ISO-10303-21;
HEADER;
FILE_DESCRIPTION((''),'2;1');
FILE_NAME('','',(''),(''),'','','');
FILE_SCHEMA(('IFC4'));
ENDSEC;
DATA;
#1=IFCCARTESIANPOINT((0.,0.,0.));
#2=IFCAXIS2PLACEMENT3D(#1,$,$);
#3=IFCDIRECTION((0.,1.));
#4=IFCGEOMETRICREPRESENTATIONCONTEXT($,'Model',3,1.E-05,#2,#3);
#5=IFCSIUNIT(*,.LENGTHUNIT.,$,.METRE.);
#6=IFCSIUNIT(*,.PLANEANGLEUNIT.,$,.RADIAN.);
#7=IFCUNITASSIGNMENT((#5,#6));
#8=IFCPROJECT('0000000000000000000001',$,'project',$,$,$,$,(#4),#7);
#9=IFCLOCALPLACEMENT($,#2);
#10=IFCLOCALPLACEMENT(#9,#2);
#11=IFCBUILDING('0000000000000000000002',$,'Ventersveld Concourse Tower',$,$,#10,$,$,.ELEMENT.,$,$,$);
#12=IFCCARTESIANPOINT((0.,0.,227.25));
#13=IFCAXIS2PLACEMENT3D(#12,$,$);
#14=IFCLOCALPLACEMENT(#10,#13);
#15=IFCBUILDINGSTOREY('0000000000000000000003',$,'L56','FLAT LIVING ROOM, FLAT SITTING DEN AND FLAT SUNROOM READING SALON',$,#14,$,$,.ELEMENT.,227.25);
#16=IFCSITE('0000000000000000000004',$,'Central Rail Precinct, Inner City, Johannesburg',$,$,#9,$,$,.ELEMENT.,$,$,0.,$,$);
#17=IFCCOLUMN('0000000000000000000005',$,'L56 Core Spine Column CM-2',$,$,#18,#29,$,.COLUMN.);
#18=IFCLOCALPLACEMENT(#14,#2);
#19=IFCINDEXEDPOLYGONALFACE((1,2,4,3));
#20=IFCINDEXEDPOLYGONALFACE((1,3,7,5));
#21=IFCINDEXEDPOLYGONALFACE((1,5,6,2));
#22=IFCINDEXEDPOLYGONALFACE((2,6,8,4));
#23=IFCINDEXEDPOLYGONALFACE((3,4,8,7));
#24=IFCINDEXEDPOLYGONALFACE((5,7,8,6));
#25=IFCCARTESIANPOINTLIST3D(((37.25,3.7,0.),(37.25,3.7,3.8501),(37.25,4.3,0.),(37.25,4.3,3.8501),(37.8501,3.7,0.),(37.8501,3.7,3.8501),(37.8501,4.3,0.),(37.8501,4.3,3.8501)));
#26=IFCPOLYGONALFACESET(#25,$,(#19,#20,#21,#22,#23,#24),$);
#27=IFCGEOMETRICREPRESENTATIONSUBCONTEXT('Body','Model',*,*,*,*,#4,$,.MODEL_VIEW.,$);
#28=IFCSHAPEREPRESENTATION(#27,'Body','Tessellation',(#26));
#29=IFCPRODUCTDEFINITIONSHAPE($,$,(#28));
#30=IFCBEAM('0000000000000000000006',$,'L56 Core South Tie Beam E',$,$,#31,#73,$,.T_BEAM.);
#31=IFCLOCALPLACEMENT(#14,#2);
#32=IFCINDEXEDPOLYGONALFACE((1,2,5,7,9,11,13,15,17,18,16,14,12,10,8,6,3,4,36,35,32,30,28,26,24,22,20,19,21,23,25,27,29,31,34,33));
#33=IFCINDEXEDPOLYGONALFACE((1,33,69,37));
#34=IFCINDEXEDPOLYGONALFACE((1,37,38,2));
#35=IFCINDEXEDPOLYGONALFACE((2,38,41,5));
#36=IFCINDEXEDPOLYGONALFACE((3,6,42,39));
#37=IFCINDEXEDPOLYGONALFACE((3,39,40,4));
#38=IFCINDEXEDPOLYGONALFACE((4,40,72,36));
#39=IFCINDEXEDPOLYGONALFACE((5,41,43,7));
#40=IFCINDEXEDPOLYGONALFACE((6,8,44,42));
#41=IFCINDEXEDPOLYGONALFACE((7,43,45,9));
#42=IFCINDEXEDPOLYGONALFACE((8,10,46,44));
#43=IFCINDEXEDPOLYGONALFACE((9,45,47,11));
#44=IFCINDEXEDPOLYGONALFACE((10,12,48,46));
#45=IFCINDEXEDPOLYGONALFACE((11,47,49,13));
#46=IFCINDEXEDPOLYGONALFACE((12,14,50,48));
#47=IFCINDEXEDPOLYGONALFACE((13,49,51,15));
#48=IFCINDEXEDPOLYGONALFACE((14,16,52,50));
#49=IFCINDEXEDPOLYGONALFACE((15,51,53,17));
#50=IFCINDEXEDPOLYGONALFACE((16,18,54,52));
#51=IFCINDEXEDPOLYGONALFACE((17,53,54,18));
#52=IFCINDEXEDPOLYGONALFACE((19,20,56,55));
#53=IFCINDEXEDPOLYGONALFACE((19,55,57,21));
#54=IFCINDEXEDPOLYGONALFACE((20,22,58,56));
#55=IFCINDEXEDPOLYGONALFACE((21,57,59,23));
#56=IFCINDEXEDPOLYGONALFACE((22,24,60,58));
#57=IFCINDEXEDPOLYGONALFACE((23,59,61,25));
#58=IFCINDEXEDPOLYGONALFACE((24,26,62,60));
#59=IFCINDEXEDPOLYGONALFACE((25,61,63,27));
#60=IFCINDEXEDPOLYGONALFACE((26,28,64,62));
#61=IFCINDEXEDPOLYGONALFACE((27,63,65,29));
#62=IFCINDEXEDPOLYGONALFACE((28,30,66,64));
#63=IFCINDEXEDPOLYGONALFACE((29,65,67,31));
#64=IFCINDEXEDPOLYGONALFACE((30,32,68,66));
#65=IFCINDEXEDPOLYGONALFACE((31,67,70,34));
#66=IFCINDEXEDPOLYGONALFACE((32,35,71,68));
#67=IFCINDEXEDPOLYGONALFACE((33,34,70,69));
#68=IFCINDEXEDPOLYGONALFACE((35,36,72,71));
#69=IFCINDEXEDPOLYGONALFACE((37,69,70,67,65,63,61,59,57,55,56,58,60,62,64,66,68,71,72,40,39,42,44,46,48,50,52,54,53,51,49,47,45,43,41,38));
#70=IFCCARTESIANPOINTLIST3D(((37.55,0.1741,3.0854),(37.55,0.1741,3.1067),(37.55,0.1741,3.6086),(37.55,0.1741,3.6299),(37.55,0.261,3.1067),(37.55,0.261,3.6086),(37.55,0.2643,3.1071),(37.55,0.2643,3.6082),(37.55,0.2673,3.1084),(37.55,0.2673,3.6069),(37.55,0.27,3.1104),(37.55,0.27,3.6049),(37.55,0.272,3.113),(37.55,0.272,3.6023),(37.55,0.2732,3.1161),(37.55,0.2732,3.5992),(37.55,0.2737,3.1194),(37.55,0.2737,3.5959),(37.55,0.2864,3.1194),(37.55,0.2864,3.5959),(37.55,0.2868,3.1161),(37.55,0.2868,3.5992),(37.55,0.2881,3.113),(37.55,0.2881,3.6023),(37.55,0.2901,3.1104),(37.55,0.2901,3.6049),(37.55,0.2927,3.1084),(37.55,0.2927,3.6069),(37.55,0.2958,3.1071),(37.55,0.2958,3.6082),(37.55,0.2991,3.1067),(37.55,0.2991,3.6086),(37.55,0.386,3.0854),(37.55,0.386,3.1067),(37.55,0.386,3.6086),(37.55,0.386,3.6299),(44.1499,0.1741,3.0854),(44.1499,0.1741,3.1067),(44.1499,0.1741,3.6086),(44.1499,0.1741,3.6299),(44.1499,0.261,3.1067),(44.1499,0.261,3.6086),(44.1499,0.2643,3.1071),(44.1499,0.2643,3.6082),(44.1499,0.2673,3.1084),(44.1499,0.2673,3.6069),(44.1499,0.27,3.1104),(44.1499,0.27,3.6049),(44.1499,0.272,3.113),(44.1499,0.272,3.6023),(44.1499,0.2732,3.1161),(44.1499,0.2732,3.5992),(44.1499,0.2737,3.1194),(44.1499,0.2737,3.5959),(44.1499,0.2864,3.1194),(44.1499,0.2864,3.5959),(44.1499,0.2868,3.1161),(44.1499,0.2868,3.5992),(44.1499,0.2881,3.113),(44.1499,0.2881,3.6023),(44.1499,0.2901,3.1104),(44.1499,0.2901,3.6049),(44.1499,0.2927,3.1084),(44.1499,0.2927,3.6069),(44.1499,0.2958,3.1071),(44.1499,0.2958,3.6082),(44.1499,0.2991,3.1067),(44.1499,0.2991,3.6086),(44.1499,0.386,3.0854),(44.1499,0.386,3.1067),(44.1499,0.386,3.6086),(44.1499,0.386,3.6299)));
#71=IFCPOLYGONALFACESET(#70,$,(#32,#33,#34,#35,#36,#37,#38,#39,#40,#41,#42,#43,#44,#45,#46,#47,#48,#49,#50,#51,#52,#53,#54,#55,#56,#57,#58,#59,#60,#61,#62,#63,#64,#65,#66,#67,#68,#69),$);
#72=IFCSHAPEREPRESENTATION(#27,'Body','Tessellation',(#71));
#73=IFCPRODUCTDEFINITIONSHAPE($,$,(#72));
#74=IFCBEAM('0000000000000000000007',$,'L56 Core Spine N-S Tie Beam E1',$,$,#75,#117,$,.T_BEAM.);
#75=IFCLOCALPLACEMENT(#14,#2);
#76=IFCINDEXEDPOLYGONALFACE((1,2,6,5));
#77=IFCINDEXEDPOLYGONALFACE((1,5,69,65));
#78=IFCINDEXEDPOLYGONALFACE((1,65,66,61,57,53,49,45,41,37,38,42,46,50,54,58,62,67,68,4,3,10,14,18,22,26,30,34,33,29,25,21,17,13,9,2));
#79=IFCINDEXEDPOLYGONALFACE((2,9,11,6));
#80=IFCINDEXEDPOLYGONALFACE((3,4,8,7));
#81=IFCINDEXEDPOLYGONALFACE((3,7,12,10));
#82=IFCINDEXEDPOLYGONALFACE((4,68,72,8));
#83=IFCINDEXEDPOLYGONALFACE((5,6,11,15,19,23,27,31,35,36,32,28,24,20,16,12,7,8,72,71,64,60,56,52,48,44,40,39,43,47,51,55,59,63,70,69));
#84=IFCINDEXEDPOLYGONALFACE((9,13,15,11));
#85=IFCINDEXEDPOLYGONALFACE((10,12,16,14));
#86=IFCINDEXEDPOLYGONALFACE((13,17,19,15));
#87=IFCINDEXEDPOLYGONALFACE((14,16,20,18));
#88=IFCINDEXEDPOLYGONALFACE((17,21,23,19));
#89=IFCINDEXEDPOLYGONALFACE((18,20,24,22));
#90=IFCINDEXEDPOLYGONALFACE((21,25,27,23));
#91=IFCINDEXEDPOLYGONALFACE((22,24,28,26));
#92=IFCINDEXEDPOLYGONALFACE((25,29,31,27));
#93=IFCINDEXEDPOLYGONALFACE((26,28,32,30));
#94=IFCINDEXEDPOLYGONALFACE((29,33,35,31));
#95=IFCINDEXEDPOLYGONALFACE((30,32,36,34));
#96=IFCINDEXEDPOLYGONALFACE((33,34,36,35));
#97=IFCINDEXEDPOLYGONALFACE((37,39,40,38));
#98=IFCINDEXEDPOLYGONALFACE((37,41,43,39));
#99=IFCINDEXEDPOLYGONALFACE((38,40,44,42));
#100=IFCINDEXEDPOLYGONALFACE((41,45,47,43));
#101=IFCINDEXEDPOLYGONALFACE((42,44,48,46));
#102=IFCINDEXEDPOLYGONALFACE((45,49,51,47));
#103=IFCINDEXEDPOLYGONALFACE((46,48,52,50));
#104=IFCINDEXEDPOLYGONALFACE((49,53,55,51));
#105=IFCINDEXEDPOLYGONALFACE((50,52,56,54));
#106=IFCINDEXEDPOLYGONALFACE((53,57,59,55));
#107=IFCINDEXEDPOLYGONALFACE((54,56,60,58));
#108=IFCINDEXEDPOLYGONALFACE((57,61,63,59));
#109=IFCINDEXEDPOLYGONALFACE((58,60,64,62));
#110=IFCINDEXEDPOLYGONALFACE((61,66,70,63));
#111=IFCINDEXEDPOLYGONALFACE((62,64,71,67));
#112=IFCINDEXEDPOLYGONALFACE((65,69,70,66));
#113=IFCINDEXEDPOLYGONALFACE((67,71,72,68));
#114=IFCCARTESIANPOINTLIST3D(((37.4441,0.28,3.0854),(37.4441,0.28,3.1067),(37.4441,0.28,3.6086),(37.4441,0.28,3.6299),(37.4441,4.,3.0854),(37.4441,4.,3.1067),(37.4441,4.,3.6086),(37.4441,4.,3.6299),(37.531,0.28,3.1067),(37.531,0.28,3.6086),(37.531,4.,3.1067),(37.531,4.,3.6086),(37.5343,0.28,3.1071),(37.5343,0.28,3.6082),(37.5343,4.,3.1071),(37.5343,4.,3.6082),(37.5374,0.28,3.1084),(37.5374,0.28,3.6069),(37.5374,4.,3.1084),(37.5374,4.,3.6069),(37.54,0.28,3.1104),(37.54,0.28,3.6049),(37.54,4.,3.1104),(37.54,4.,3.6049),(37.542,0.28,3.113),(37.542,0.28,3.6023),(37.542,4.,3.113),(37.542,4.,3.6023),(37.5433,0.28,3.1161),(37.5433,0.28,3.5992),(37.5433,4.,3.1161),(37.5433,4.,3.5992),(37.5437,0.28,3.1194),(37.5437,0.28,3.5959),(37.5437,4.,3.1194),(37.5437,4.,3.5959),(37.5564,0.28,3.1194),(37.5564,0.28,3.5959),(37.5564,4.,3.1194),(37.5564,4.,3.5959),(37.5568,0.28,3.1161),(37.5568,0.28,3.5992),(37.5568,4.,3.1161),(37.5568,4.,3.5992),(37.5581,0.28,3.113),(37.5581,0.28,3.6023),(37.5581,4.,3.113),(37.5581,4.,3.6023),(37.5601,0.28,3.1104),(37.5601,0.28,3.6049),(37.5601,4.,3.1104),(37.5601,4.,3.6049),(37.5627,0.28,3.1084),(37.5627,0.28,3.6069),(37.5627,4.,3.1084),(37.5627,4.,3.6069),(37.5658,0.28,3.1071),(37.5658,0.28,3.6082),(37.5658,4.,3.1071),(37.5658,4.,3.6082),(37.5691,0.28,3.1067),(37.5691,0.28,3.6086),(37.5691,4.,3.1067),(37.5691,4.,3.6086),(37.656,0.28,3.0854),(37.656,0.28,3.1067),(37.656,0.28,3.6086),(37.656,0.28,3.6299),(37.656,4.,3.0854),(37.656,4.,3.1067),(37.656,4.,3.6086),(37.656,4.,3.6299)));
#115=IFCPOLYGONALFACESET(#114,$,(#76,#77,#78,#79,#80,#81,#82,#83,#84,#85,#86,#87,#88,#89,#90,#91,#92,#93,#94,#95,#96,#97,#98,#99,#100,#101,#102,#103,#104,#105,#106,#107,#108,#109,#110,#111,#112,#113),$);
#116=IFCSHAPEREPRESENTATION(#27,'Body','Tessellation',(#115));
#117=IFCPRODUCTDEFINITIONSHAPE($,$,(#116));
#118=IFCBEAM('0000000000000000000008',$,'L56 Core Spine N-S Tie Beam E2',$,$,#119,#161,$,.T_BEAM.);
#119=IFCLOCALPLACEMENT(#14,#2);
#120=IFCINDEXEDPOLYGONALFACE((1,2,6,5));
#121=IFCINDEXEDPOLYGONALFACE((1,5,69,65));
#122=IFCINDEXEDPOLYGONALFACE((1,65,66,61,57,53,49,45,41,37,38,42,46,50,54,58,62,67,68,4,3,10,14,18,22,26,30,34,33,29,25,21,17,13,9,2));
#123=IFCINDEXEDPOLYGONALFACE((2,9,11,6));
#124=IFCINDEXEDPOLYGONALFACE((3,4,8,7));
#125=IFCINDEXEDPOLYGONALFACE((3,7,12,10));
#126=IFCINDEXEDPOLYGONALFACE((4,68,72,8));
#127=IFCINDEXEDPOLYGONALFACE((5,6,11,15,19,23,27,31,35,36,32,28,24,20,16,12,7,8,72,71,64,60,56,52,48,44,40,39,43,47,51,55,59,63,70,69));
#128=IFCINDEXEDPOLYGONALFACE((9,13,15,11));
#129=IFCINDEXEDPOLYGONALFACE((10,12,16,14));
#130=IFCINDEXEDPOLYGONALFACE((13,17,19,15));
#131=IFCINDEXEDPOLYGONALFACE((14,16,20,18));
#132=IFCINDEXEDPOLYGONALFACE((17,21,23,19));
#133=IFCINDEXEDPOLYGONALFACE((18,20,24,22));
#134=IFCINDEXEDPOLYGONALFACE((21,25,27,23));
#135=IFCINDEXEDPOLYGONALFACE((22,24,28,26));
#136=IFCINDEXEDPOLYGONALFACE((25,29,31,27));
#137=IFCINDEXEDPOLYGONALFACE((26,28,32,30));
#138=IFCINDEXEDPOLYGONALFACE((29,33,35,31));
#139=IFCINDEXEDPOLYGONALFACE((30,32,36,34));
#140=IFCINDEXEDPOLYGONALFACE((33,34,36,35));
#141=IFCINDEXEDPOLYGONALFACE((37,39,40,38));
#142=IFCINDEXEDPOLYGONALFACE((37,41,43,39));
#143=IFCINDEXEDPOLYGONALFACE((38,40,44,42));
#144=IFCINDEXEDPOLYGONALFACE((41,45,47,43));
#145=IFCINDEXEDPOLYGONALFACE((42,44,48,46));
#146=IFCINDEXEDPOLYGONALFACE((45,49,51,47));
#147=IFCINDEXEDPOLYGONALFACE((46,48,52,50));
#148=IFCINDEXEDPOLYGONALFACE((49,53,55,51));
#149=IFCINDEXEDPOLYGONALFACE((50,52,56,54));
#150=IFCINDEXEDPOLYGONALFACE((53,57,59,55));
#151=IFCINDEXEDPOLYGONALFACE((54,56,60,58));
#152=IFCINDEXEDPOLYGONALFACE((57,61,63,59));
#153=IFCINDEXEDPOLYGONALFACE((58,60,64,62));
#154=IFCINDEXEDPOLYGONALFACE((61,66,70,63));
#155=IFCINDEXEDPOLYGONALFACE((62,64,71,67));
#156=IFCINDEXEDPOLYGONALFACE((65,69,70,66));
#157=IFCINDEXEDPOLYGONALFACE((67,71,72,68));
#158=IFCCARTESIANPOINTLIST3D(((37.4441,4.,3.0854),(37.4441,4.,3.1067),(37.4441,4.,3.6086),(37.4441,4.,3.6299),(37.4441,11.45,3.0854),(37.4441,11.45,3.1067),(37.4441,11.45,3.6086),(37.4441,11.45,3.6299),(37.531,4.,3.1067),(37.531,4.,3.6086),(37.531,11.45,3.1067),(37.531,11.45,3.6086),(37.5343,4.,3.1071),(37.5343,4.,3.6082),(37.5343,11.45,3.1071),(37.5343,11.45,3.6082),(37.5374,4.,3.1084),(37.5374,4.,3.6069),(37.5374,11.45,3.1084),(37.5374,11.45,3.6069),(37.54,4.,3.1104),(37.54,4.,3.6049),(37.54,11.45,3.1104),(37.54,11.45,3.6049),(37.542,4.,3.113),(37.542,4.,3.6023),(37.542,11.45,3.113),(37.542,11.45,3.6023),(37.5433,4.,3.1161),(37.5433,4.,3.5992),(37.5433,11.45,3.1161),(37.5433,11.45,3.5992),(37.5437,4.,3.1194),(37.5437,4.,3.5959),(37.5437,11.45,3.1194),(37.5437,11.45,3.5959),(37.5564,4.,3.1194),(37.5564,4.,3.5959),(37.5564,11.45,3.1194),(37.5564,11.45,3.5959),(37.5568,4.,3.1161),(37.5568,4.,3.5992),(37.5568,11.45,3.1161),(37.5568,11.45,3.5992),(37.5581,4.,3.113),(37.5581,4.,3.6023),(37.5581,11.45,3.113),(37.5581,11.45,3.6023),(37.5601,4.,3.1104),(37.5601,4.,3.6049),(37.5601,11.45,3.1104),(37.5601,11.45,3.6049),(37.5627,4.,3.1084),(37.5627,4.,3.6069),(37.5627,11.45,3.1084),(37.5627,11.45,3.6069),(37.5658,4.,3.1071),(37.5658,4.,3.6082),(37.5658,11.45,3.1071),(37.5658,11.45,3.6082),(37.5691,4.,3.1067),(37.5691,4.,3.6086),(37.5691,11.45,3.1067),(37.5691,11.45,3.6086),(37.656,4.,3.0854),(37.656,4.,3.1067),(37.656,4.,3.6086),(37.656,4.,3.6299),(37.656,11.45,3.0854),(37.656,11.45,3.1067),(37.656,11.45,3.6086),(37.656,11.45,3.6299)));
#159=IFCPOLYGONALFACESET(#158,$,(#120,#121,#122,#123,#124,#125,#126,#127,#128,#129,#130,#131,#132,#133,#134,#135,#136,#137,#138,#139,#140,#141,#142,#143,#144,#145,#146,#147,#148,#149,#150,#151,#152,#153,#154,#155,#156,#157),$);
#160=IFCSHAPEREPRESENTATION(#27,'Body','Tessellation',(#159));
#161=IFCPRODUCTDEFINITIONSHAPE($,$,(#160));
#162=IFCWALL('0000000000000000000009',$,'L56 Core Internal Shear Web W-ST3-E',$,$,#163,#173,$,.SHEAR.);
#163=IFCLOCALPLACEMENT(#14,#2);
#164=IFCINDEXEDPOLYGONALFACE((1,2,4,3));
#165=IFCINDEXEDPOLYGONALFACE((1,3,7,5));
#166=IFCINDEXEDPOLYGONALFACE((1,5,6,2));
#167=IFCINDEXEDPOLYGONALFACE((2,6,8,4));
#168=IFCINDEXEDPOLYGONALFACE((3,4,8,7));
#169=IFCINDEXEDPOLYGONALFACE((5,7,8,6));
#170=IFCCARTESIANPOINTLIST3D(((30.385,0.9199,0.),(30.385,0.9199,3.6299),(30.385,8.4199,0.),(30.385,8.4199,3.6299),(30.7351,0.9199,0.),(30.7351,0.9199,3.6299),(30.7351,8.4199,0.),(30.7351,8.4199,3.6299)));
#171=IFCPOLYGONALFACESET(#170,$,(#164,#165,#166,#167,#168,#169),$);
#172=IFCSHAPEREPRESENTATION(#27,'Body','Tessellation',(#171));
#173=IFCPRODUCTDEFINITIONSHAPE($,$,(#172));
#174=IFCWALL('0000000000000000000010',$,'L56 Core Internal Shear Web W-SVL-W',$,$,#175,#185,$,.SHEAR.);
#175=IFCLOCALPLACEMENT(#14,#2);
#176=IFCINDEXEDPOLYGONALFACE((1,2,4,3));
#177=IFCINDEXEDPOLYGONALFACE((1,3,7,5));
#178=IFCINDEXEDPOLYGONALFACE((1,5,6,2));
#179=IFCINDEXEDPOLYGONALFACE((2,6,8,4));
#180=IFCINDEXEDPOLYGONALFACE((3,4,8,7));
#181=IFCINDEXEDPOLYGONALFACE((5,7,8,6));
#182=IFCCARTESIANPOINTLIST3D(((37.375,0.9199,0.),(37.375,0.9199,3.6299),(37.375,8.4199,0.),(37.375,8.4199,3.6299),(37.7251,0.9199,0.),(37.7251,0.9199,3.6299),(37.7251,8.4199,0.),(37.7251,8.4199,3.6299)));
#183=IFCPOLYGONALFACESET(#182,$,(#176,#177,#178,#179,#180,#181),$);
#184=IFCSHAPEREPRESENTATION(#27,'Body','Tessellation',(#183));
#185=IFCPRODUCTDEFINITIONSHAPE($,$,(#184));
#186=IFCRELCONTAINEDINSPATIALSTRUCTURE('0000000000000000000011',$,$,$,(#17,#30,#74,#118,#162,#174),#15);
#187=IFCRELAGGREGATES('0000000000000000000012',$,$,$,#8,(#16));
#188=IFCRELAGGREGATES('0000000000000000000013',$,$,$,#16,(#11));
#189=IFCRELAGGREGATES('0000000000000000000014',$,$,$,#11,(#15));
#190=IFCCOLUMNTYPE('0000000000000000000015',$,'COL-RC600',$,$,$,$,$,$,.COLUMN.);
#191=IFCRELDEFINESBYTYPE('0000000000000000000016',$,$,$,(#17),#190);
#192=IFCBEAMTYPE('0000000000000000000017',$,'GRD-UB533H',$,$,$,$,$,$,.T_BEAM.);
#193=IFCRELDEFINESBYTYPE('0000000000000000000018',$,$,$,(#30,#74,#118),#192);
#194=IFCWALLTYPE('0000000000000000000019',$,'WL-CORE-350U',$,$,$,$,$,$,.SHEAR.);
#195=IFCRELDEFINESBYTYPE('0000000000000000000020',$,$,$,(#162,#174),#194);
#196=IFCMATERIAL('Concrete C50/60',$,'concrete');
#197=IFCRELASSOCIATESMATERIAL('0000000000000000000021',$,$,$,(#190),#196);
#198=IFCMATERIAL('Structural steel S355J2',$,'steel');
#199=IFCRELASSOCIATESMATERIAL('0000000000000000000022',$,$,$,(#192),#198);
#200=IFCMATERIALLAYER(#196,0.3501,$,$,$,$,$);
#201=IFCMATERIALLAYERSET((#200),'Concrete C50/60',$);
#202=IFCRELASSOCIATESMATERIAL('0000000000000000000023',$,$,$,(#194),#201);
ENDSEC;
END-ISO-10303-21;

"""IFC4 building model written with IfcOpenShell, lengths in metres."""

from ifc_helpers import new_model, si_unit, direction, frame, frame_2d, origin, origin_2d, place, context, subcontext, project, spatial, rectangle, i_section, extrude, material, layer, layer_set, material_profile, profile_set, type_object, element, save


model = new_model("IFC4")

# Units and contexts
model_context = context("Model", 3, precision=1e-05, world=origin(), true_north=direction((0.0, 1.0)))
body_context = subcontext(model_context, "Body", "Model", "MODEL_VIEW")
ifc_project = project(units=[si_unit("LENGTHUNIT", "METRE"), si_unit("PLANEANGLEUNIT", "RADIAN")], contexts=[model_context])

# Site, building, storey
site_placement = place(None, origin())
site = spatial("IfcSite", under=ifc_project, at=site_placement, Name="Central Rail Precinct, Inner City, Johannesburg", CompositionType="ELEMENT", RefElevation=0.0)
building_placement = place(site_placement, origin())
building = spatial("IfcBuilding", under=site, at=building_placement, Name="Ventersveld Concourse Tower", CompositionType="ELEMENT")
storey_placement = place(building_placement, frame((0.0, 0.0, 227.25)))
storey = spatial("IfcBuildingStorey", under=building, at=storey_placement, Name="L56", Description="FLAT LIVING ROOM, FLAT SITTING DEN AND FLAT SUNROOM READING SALON", CompositionType="ELEMENT", Elevation=227.25)

# Column
ifc_material_1 = material(Name="Concrete C50/60", Category="concrete")
ifc_material_profile_1 = material_profile(ifc_material_1, rectangle(XDim=0.6001, YDim=0.6001, at=origin_2d()), Name="RC 600x600")
ifc_profile_set_1 = profile_set([ifc_material_profile_1], Name="Concrete C50/60")
column_type = type_object("IfcColumnType", Name="COL-RC600", PredefinedType="COLUMN", material=ifc_profile_set_1)
column_placement = place(storey_placement, frame((37.55, 4.0, 0.0), z_axis=(0.0, 0.0, 1.0), x_axis=(1.0, 0.0, 0.0)))
element("IfcColumn", 1, at=column_placement, inside=storey, type_object=column_type, Name="L56 Core Spine Column CM-2", PredefinedType="COLUMN", context=body_context, shape_type="SweptSolid", body=[
    extrude(rectangle(XDim=0.6001, YDim=0.6001, at=origin_2d()), origin(), (0.0, 0.0, 1.0), 3.8501),
])

# Beams
ifc_material_2 = material(Name="Structural steel S355J2", Category="steel")
ifc_material_profile_2 = material_profile(ifc_material_2, i_section(OverallWidth=0.2119, OverallDepth=0.5444, WebThickness=0.0127, FlangeThickness=0.0212, FilletRadius=0.0127, at=origin_2d()), Name="UB 533x210x122")
ifc_profile_set_2 = profile_set([ifc_material_profile_2], Name="Structural steel S355J2")
beam_type = type_object("IfcBeamType", Name="GRD-UB533H", PredefinedType="T_BEAM", material=ifc_profile_set_2)
beam_1_placement = place(storey_placement, frame((37.55, 0.28, 3.3577), z_axis=(1.0, 0.0, 0.0), x_axis=(0.0, 1.0, 0.0)))
element("IfcBeam", 2, at=beam_1_placement, inside=storey, type_object=beam_type, Name="L56 Core South Tie Beam E", PredefinedType="T_BEAM", context=body_context, shape_type="SweptSolid", body=[
    extrude(i_section(OverallWidth=0.2119, OverallDepth=0.5444, WebThickness=0.0127, FlangeThickness=0.0212, FilletRadius=0.0127, at=origin_2d()), origin(), (0.0, 0.0, 1.0), 6.5999),
])
beam_2_placement = place(storey_placement, frame((37.55, 0.28, 3.3577), z_axis=(0.0, 1.0, 0.0), x_axis=(-1.0, 0.0, 0.0)))
element("IfcBeam", 3, at=beam_2_placement, inside=storey, type_object=beam_type, Name="L56 Core Spine N-S Tie Beam E1", PredefinedType="T_BEAM", context=body_context, shape_type="SweptSolid", body=[
    extrude(i_section(OverallWidth=0.2119, OverallDepth=0.5444, WebThickness=0.0127, FlangeThickness=0.0212, FilletRadius=0.0127, at=origin_2d()), origin(), (0.0, 0.0, 1.0), 3.72),
])
beam_3_placement = place(storey_placement, frame((37.55, 4.0, 3.3577), z_axis=(0.0, 1.0, 0.0), x_axis=(-1.0, 0.0, 0.0)))
element("IfcBeam", 4, at=beam_3_placement, inside=storey, type_object=beam_type, Name="L56 Core Spine N-S Tie Beam E2", PredefinedType="T_BEAM", context=body_context, shape_type="SweptSolid", body=[
    extrude(i_section(OverallWidth=0.2119, OverallDepth=0.5444, WebThickness=0.0127, FlangeThickness=0.0212, FilletRadius=0.0127, at=origin_2d()), origin(), (0.0, 0.0, 1.0), 7.45),
])

# Walls
ifc_layer_1 = layer(ifc_material_1, 0.3501)
ifc_layer_set_1 = layer_set([ifc_layer_1], Name="Concrete C50/60")
wall_type_1 = type_object("IfcWallType", Name="WL-CORE-350U", PredefinedType="SHEAR", material=ifc_layer_set_1)
for number, where, z_axis, x_axis, name in (
    (5, (30.5601, 0.9199, 0.0), (0.0, 0.0, 1.0), (0.0, 1.0, 0.0), "L56 Core Internal Shear Web W-ST3-E"),
    (6, (37.55, 0.9199, 0.0), (0.0, 0.0, 1.0), (0.0, 1.0, 0.0), "L56 Core Internal Shear Web W-SVL-W"),
):
    element("IfcWall", number, at=place(storey_placement, frame(where, z_axis=z_axis, x_axis=x_axis)), inside=storey, type_object=wall_type_1, Name=name, PredefinedType="SHEAR", context=body_context, shape_type="SweptSolid", body=[
        extrude(rectangle(XDim=7.5, YDim=0.3501, at=frame_2d((3.75, 0.0))), origin(), (0.0, 0.0, 1.0), 3.6299),
    ])

save(model, "model.ifc")
